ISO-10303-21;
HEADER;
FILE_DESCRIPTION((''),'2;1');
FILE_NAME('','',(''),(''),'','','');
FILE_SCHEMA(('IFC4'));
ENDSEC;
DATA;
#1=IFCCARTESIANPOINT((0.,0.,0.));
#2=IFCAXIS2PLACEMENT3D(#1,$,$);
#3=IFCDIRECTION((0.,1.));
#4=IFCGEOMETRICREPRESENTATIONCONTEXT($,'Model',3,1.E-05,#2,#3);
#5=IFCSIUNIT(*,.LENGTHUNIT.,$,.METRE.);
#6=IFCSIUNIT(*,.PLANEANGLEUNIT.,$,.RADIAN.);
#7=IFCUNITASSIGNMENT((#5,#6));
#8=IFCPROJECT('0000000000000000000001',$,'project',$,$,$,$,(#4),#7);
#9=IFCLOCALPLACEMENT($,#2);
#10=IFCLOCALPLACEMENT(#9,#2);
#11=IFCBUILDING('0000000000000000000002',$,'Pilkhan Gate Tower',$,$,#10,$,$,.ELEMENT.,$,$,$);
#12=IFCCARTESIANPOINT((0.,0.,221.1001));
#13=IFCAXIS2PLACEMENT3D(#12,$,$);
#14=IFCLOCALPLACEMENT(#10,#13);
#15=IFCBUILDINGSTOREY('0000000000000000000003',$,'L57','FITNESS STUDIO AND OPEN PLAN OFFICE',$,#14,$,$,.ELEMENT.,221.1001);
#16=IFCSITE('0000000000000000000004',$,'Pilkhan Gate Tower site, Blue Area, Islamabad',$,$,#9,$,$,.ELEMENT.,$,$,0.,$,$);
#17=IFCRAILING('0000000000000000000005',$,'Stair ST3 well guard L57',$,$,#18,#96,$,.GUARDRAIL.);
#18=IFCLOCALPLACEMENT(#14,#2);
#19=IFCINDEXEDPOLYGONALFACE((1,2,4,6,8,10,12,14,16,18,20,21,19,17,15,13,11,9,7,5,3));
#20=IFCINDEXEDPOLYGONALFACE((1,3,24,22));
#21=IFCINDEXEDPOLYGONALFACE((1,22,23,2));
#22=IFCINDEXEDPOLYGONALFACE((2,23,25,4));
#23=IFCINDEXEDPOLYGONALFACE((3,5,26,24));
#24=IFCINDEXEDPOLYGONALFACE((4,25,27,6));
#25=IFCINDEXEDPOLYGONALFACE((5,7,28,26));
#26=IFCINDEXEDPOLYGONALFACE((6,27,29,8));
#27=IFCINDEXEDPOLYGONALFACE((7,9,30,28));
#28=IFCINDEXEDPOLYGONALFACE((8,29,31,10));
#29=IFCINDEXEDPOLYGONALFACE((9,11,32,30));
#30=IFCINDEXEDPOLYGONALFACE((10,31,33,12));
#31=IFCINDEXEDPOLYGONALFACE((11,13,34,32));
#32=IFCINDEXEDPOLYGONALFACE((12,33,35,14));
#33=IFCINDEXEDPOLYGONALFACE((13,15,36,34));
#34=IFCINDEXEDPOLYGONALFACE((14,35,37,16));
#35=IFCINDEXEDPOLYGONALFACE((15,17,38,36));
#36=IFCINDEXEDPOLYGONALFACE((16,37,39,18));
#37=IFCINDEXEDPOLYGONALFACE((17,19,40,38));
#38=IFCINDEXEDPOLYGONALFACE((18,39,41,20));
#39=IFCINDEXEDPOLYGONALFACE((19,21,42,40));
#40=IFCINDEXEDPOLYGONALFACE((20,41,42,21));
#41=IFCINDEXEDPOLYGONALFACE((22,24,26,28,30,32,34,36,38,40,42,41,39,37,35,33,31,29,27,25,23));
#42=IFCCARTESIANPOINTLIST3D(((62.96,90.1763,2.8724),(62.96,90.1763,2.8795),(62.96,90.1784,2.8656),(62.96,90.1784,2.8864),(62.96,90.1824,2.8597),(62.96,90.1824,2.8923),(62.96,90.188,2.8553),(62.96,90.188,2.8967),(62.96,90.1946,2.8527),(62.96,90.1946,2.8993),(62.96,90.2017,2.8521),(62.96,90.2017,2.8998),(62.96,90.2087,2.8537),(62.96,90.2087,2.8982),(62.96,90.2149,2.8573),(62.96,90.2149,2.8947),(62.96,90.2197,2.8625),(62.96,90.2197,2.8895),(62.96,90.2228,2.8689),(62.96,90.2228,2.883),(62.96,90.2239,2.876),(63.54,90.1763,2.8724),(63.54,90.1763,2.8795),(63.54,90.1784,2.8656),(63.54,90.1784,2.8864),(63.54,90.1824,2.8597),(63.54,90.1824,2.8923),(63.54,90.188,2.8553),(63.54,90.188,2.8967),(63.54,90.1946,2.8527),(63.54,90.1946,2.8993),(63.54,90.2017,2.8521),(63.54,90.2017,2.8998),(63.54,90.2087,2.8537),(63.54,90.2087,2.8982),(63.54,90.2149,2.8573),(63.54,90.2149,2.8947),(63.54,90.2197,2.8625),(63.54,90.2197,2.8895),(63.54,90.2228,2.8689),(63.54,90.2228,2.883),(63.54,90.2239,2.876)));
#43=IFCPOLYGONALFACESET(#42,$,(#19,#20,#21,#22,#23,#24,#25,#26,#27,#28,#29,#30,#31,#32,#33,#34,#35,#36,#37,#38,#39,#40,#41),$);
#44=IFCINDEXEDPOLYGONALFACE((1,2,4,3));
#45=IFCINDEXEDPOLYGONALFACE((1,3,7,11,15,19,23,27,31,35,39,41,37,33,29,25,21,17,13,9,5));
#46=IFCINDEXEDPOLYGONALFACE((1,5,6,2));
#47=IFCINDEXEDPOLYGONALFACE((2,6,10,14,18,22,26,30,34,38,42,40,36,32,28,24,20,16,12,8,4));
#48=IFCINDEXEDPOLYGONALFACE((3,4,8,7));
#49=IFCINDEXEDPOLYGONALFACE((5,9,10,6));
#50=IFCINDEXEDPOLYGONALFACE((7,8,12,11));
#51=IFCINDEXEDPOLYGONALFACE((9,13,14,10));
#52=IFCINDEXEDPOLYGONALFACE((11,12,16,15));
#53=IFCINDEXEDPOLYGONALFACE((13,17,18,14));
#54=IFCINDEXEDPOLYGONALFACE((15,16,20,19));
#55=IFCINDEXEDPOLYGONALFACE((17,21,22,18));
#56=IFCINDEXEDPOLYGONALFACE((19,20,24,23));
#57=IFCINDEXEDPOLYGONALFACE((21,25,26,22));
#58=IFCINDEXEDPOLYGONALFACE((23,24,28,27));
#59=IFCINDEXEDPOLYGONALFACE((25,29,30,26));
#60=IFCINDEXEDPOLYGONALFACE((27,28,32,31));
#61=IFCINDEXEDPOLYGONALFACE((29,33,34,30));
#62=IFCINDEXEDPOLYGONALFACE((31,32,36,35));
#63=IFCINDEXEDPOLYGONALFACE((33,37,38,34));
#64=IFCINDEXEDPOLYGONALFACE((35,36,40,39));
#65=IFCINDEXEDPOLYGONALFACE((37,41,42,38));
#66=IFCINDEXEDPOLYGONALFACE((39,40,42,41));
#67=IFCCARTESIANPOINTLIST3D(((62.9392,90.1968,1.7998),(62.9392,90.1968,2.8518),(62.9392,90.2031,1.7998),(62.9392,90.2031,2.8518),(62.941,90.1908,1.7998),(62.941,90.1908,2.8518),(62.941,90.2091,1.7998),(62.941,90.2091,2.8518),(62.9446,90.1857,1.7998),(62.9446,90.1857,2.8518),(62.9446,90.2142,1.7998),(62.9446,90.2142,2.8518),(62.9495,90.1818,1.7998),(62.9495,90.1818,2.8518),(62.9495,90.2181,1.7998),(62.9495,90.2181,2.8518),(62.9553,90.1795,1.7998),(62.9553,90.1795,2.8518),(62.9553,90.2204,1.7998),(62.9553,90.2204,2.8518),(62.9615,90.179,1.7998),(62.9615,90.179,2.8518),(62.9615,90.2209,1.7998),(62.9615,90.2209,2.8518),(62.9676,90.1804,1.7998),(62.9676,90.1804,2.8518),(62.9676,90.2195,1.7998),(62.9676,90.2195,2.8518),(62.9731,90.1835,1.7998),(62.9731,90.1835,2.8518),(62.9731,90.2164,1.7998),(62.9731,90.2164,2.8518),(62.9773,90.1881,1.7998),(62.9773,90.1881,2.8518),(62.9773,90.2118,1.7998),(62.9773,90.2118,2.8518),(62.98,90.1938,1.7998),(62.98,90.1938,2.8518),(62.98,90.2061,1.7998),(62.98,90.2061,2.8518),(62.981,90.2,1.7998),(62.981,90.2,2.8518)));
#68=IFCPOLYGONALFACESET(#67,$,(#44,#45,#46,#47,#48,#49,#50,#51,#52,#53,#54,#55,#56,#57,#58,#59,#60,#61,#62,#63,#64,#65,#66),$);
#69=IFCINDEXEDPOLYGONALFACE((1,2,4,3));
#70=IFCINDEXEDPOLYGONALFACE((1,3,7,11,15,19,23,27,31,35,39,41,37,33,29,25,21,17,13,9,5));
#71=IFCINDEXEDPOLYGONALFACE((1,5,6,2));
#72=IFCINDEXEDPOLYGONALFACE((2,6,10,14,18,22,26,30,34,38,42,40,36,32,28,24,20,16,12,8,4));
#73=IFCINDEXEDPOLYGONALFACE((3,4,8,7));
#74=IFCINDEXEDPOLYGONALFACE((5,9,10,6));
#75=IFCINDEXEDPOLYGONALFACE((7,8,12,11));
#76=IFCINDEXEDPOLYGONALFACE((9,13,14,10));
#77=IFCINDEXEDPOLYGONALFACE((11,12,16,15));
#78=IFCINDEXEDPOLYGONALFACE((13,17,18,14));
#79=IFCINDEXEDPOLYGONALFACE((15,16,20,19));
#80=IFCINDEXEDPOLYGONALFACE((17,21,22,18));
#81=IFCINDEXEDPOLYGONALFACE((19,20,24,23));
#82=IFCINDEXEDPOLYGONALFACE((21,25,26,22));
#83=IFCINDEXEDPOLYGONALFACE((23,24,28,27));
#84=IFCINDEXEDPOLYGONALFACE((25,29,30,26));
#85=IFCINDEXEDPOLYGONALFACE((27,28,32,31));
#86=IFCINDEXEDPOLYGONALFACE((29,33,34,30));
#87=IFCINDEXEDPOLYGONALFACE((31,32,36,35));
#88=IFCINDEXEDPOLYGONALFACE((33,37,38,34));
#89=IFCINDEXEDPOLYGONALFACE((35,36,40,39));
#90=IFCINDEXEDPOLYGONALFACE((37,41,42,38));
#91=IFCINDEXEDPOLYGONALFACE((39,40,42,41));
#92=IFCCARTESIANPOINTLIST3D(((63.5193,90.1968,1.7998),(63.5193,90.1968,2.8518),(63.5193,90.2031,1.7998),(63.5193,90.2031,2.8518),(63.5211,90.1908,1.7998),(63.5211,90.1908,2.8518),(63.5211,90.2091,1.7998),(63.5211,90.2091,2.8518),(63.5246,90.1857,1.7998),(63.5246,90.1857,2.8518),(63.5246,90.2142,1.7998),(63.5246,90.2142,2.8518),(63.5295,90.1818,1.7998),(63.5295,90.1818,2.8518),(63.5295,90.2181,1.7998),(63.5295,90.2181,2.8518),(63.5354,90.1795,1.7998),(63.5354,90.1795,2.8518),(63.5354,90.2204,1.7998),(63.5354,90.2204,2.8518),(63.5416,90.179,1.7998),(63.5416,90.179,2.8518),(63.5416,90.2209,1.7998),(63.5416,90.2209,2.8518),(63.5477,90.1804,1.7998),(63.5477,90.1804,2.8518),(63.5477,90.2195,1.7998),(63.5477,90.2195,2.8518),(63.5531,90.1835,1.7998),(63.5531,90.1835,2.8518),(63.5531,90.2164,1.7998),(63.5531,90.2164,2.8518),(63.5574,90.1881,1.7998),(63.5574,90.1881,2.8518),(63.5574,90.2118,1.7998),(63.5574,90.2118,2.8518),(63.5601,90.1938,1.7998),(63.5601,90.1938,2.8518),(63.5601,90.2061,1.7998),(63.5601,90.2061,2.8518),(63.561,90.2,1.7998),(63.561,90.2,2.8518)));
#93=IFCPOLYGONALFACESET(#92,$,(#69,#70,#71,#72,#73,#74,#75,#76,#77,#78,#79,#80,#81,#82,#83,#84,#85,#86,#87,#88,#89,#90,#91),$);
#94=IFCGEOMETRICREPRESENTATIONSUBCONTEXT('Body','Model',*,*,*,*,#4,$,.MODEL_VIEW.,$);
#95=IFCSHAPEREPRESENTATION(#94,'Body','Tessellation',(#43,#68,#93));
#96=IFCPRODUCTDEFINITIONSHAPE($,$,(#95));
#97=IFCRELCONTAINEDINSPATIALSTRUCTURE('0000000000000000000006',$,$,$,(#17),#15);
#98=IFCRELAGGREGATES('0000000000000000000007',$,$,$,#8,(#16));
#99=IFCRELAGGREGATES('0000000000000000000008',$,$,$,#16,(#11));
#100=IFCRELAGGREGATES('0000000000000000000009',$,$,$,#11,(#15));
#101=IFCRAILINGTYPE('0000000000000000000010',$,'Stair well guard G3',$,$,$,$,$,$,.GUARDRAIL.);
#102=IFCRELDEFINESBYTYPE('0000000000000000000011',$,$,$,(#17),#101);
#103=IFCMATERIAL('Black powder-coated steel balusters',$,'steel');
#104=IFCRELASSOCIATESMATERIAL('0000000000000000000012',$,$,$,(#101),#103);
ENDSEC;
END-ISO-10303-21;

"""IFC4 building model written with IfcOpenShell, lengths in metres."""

from ifc_helpers import new_model, si_unit, direction, frame, origin, origin_2d, place, context, subcontext, project, spatial, circle, extrude, material, type_object, element, save


model = new_model("IFC4")

# Units and contexts
model_context = context("Model", 3, precision=1e-05, world=origin(), true_north=direction((0.0, 1.0)))
body_context = subcontext(model_context, "Body", "Model", "MODEL_VIEW")
ifc_project = project(units=[si_unit("LENGTHUNIT", "METRE"), si_unit("PLANEANGLEUNIT", "RADIAN")], contexts=[model_context])

# Site, building, storey
site_placement = place(None, origin())
site = spatial("IfcSite", under=ifc_project, at=site_placement, Name="Pilkhan Gate Tower site, Blue Area, Islamabad", CompositionType="ELEMENT", RefElevation=0.0)
building_placement = place(site_placement, origin())
building = spatial("IfcBuilding", under=site, at=building_placement, Name="Pilkhan Gate Tower", CompositionType="ELEMENT")
storey_placement = place(building_placement, frame((0.0, 0.0, 221.1001)))
storey = spatial("IfcBuildingStorey", under=building, at=storey_placement, Name="L57", Description="FITNESS STUDIO AND OPEN PLAN OFFICE", CompositionType="ELEMENT", Elevation=221.1001)

# Railing
ifc_material_1 = material(Name="Black powder-coated steel balusters", Category="steel")
railing_type_1 = type_object("IfcRailingType", Name="Stair well guard G3", PredefinedType="GUARDRAIL", material=ifc_material_1)
railing_1_placement = place(storey_placement, frame((62.96, 90.2, 1.7998)))
element("IfcRailing", 1, at=railing_1_placement, inside=storey, type_object=railing_type_1, Name="Stair ST3 well guard L57", PredefinedType="GUARDRAIL", context=body_context, shape_type="SweptSolid", body=[
    extrude(circle(Radius=0.0239, at=origin_2d()), frame((0.0, 0.0, 1.0762), z_axis=(1.0, 0.0, 0.0), x_axis=(0.0, 1.0, 0.0)), (0.0, 0.0, 1.0), 0.5801),
    extrude(circle(Radius=0.021, at=origin_2d()), origin(), (0.0, 0.0, 1.0), 1.052),
    extrude(circle(Radius=0.021, at=origin_2d()), frame((0.5801, 0.0, 0.0)), (0.0, 0.0, 1.0), 1.052),
])

save(model, "model.ifc")
